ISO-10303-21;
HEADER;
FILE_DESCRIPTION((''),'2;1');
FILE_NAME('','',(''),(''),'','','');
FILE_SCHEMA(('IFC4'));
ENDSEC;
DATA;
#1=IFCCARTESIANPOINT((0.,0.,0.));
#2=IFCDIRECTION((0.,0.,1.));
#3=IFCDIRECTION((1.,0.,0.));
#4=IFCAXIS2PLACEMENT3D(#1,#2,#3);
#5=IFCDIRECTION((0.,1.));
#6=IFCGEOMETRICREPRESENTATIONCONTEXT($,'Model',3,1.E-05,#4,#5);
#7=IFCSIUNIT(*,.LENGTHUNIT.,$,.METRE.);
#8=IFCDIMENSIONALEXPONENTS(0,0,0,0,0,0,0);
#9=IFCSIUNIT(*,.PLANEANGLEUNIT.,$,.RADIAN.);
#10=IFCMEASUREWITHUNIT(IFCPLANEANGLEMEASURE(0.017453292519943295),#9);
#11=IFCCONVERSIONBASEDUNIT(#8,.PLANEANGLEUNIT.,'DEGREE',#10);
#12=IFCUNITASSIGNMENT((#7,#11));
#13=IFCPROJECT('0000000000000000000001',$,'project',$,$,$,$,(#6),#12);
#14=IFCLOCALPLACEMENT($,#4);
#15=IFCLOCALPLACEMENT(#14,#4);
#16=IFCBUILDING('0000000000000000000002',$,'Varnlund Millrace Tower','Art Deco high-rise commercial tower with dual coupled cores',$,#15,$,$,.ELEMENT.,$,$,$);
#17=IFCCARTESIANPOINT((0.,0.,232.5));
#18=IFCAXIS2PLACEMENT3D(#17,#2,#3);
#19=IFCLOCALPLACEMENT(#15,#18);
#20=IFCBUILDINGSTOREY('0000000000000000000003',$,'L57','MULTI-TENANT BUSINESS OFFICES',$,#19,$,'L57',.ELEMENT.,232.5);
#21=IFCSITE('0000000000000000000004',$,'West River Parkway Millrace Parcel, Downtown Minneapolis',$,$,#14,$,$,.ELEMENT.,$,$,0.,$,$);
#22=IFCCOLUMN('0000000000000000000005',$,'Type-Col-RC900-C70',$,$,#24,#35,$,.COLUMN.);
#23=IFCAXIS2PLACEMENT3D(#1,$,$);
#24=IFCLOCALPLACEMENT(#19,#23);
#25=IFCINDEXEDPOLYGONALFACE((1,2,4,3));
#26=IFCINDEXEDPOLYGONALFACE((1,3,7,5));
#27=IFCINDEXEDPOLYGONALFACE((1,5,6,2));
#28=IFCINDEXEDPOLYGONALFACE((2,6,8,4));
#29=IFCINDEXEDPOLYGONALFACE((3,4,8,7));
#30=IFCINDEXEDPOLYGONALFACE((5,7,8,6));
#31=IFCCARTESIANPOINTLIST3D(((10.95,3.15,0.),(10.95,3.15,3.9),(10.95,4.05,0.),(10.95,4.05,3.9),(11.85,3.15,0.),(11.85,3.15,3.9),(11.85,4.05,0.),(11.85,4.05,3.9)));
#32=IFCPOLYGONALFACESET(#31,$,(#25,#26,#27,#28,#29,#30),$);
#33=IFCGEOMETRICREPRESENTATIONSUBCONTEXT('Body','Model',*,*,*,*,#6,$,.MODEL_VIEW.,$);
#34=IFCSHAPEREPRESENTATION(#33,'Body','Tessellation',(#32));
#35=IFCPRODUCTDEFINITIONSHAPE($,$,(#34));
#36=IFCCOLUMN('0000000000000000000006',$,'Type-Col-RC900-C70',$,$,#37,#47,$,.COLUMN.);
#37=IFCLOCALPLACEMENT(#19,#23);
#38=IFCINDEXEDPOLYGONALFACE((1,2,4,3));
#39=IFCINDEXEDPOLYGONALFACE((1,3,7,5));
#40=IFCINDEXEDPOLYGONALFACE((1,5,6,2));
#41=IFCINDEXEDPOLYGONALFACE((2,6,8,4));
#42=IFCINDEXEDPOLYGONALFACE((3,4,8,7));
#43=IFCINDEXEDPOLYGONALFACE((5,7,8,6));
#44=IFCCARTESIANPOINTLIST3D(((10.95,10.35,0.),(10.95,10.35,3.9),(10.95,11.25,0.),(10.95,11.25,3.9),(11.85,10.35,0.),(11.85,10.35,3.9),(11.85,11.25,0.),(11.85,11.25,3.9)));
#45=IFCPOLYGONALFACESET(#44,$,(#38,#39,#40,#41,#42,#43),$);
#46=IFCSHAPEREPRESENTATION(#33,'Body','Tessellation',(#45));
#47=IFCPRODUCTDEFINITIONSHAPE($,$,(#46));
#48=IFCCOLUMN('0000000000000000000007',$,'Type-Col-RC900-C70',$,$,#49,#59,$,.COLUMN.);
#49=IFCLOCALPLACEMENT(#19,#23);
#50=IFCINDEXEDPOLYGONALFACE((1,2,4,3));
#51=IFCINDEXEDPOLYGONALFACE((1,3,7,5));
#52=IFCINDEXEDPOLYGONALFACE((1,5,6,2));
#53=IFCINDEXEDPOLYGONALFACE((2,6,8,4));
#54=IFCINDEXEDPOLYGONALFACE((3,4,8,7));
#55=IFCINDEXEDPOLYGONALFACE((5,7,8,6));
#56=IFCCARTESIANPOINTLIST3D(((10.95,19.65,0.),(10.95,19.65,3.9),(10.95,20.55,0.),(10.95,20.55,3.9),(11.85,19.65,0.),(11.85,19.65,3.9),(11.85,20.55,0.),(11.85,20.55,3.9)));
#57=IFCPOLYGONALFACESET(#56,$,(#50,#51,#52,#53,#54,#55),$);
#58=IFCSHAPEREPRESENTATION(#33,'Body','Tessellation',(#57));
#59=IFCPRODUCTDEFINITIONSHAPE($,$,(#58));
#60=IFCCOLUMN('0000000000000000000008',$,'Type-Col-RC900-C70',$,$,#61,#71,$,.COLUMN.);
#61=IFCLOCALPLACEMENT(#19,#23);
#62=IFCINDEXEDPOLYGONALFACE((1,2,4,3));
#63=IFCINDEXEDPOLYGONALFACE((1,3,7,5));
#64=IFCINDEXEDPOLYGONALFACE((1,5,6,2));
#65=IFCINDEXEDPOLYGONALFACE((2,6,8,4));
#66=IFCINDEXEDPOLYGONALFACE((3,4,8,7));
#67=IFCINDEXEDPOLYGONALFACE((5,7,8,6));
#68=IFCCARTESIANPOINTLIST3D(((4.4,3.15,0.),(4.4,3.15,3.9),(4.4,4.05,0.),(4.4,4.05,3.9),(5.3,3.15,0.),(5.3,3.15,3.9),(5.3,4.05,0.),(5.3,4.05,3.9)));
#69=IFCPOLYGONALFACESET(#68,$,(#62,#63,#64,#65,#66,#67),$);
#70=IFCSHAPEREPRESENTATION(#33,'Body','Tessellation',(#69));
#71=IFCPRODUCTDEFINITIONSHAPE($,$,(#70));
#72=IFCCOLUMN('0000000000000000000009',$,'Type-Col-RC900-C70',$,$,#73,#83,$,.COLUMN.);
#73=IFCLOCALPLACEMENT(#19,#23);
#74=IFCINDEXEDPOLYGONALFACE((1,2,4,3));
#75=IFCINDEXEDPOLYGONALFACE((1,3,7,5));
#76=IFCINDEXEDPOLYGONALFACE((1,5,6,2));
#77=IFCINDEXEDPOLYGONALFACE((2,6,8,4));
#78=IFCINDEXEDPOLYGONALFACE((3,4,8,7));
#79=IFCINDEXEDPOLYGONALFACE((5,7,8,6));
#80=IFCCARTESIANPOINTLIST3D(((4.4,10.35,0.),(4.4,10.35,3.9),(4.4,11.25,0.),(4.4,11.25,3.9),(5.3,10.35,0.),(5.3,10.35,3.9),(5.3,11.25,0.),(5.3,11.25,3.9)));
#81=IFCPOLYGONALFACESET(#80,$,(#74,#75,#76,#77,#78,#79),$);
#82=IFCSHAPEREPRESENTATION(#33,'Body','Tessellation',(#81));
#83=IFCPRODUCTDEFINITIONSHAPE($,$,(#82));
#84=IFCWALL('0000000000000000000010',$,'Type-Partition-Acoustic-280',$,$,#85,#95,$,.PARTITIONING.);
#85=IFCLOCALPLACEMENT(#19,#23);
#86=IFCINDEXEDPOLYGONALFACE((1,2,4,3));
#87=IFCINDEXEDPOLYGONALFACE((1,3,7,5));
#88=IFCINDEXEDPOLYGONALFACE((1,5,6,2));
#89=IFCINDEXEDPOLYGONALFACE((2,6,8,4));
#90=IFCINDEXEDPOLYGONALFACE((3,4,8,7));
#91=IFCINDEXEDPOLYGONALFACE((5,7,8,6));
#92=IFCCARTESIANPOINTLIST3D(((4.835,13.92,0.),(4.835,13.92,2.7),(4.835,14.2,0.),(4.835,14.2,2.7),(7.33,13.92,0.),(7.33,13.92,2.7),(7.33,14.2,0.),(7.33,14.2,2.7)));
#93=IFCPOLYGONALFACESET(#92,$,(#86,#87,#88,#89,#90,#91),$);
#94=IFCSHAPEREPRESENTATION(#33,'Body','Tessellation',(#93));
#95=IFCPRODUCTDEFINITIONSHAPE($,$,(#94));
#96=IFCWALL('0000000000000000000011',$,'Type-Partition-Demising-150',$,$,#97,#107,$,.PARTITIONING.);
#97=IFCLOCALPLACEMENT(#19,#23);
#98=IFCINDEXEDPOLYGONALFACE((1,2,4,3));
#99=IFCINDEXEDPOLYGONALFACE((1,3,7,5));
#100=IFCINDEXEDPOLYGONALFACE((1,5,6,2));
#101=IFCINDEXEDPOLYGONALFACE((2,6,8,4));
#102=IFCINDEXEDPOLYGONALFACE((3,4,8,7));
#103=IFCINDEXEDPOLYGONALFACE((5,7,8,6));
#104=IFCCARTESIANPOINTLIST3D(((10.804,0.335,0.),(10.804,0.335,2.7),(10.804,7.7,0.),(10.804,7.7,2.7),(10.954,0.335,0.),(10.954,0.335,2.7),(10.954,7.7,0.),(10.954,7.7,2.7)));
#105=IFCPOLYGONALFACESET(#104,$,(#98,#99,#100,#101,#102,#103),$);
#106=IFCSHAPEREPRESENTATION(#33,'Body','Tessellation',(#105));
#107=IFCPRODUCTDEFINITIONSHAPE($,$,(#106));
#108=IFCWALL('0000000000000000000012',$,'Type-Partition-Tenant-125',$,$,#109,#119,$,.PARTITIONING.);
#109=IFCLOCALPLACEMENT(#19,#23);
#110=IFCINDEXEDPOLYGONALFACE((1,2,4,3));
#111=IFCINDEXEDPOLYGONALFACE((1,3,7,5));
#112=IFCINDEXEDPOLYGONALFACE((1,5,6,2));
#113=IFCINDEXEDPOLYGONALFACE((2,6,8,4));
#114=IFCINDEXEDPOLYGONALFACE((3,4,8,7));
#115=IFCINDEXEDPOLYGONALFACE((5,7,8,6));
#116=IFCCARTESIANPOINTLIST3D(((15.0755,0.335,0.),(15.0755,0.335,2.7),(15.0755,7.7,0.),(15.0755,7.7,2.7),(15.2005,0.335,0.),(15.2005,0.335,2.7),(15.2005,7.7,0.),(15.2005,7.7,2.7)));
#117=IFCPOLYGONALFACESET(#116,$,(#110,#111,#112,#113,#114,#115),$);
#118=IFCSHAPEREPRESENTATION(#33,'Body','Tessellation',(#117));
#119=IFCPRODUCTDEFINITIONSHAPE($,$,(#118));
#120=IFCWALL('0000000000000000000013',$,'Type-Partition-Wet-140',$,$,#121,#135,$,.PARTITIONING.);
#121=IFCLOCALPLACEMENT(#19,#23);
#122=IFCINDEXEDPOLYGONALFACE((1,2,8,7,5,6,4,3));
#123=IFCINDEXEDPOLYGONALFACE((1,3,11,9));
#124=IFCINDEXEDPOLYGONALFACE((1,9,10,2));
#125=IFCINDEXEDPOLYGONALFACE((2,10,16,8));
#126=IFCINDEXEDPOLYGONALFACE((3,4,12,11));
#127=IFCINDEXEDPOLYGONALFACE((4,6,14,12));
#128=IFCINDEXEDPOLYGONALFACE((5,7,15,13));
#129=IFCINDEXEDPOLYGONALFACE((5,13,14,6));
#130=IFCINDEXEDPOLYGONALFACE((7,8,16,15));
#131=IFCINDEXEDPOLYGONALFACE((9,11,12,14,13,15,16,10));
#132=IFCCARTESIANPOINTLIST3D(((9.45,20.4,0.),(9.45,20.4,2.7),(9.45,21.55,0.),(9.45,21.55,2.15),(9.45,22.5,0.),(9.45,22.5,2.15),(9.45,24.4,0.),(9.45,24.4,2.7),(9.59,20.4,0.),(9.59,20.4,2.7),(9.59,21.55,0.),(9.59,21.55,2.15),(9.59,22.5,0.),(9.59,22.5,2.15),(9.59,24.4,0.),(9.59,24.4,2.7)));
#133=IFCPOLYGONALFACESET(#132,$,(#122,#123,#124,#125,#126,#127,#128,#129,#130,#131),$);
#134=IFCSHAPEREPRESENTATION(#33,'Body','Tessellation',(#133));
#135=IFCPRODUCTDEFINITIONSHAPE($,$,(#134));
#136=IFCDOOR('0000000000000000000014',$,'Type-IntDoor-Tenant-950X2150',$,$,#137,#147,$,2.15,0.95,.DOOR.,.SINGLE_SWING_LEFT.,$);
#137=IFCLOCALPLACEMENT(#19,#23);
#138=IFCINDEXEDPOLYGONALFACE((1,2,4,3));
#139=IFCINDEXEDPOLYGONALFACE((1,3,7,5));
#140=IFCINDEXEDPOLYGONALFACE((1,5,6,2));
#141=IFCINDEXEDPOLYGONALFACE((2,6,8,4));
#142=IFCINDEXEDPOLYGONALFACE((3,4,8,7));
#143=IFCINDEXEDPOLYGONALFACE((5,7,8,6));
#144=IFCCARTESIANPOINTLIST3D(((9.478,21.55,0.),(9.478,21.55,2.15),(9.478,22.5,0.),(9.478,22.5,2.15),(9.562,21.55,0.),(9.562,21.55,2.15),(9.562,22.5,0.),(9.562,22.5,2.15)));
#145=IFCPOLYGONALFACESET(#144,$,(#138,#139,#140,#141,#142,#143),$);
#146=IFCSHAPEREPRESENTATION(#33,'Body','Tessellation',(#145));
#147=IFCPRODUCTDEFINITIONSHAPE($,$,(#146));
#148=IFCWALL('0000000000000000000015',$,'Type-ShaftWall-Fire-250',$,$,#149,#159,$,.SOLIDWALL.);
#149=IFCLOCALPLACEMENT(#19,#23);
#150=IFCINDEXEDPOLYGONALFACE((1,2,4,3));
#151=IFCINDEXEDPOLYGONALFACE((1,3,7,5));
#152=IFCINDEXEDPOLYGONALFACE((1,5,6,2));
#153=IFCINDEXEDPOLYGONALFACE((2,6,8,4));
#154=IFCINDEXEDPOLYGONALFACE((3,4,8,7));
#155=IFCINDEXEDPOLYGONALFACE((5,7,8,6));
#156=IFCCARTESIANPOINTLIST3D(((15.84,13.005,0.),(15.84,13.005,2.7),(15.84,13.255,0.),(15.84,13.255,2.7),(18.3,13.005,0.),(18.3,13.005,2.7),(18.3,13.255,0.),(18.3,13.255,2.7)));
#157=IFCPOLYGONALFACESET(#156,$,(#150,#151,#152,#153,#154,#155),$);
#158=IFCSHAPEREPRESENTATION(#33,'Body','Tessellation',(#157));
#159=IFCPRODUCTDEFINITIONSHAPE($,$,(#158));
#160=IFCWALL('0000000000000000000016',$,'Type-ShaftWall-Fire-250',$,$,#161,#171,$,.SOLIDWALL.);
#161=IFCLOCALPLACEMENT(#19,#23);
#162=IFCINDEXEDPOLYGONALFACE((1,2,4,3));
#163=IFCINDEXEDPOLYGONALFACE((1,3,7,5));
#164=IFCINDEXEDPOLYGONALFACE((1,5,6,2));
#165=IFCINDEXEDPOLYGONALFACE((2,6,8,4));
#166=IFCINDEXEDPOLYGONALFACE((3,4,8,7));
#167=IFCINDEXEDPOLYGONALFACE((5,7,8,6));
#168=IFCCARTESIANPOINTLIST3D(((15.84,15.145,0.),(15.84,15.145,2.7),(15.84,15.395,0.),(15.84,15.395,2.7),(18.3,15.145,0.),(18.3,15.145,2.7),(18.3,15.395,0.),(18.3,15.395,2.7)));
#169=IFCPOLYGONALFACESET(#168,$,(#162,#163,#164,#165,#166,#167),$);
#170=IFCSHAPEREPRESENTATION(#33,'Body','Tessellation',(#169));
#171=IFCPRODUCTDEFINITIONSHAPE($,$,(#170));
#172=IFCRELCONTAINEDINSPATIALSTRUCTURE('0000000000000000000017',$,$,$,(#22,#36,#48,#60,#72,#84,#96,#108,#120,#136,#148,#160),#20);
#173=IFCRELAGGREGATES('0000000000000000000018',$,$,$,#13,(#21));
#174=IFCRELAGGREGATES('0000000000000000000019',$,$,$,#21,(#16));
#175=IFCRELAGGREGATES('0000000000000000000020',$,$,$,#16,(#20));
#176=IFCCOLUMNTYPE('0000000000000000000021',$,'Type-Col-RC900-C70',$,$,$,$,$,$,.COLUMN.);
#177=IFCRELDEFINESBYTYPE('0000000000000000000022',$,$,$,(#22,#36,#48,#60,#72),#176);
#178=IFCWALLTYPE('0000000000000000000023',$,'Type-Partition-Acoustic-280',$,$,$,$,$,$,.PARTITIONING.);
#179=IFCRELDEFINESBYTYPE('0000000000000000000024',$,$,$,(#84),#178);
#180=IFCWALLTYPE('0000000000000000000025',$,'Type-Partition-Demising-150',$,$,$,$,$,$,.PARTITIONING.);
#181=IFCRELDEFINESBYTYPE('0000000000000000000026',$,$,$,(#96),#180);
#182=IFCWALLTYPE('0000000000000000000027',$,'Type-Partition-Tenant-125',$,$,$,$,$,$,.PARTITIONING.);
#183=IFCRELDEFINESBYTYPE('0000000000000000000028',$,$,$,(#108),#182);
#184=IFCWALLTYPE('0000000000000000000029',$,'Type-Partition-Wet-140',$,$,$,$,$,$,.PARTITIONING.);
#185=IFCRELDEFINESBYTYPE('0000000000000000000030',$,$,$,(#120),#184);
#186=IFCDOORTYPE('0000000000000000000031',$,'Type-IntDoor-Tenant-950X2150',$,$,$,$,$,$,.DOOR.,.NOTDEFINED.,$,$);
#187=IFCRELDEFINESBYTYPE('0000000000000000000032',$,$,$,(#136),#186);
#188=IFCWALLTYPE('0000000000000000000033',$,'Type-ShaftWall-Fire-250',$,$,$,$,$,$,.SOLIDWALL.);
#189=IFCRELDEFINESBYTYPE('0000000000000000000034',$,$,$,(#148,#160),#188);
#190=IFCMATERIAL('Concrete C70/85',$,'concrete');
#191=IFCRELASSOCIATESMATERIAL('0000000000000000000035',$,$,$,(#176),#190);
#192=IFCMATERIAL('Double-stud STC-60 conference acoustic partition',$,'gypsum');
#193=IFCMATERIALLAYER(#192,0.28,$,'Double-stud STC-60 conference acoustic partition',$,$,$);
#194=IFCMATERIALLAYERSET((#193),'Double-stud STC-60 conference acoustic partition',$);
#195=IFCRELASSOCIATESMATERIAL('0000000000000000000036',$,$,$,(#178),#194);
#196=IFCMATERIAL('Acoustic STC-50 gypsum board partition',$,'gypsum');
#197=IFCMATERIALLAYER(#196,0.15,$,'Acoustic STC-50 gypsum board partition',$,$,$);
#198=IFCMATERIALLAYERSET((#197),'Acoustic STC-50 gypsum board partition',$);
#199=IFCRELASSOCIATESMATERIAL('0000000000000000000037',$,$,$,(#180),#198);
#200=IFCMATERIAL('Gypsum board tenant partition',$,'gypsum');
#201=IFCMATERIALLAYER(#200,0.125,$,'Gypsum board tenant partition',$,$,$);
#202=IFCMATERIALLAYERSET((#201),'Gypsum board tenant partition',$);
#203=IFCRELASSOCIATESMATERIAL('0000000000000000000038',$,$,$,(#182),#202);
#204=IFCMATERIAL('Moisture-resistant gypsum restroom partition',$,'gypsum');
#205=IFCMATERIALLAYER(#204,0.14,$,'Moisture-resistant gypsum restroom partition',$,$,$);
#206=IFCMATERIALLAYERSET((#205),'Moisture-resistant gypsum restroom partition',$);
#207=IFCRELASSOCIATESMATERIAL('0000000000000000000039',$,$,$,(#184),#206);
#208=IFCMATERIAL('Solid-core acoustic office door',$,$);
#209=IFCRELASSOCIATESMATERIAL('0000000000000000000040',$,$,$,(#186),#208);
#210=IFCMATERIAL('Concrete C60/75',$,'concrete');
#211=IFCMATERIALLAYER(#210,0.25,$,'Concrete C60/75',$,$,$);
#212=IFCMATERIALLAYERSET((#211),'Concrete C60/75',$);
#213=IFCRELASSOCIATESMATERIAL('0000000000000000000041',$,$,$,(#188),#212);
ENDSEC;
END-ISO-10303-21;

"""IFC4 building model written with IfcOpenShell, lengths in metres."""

from ifc_helpers import new_model, entity, si_unit, converted_unit, direction, frame, origin_with_axes, origin_2d_with_axis, place, context, subcontext, project, spatial, polyline, rectangle, outline, extrude, material, layer, layer_set, material_profile, profile_set, type_object, element, fill, save


model = new_model("IFC4")

# Units and contexts
model_context = context("Model", 3, precision=1e-05, world=origin_with_axes(), true_north=direction((0.0, 1.0)))
body_context = subcontext(model_context, "Body", "Model", "MODEL_VIEW")
ifc_project = project(units=[si_unit("LENGTHUNIT", "METRE"), converted_unit("PLANEANGLEUNIT", "DEGREE", entity("IfcPlaneAngleMeasure", 0.017453292519943295), si_unit("PLANEANGLEUNIT", "RADIAN"), dimensions=[0, 0, 0, 0, 0, 0, 0])], contexts=[model_context])

# Site, building, storey
site_placement = place(None, origin_with_axes())
site = spatial("IfcSite", under=ifc_project, at=site_placement, Name="West River Parkway Millrace Parcel, Downtown Minneapolis", CompositionType="ELEMENT", RefElevation=0.0)
building_placement = place(site_placement, origin_with_axes())
building = spatial("IfcBuilding", under=site, at=building_placement, Name="Varnlund Millrace Tower", Description="Art Deco high-rise commercial tower with dual coupled cores", CompositionType="ELEMENT")
storey_placement = place(building_placement, frame((0.0, 0.0, 232.5), z_axis=(0.0, 0.0, 1.0), x_axis=(1.0, 0.0, 0.0)))
storey = spatial("IfcBuildingStorey", under=building, at=storey_placement, Name="L57", Description="MULTI-TENANT BUSINESS OFFICES", LongName="L57", CompositionType="ELEMENT", Elevation=232.5)

# Columns
ifc_material_1 = material(Name="Concrete C70/85", Category="concrete")
ifc_material_profile = material_profile(ifc_material_1, rectangle(XDim=0.9, YDim=0.9, at=origin_2d_with_axis()), Name="Concrete C70/85")
ifc_profile_set = profile_set([ifc_material_profile], Name="Concrete C70/85")
column_type = type_object("IfcColumnType", Name="Type-Col-RC900-C70", PredefinedType="COLUMN", material=ifc_profile_set)
for number, where, z_axis, x_axis, name in (
    (1, (11.4, 3.6, 0.0), (0.0, 0.0, 1.0), (1.0, 0.0, 0.0), "Type-Col-RC900-C70"),
    (2, (11.4, 10.8, 0.0), (0.0, 0.0, 1.0), (1.0, 0.0, 0.0), "Type-Col-RC900-C70"),
    (3, (11.4, 20.1, 0.0), (0.0, 0.0, 1.0), (1.0, 0.0, 0.0), "Type-Col-RC900-C70"),
    (4, (4.85, 3.6, 0.0), (0.0, 0.0, 1.0), (1.0, 0.0, 0.0), "Type-Col-RC900-C70"),
    (5, (4.85, 10.8, 0.0), (0.0, 0.0, 1.0), (1.0, 0.0, 0.0), "Type-Col-RC900-C70"),
):
    element("IfcColumn", number, at=place(storey_placement, frame(where, z_axis=z_axis, x_axis=x_axis)), inside=storey, type_object=column_type, Name=name, PredefinedType="COLUMN", context=body_context, shape_type="SweptSolid", body=[
        extrude(rectangle(XDim=0.9, YDim=0.9, at=origin_2d_with_axis()), origin_with_axes(), (0.0, 0.0, 1.0), 3.9),
    ])

# Wall
ifc_material_2 = material(Name="Double-stud STC-60 conference acoustic partition", Category="gypsum")
ifc_layer_1 = layer(ifc_material_2, 0.28, Name="Double-stud STC-60 conference acoustic partition")
ifc_layer_set_1 = layer_set([ifc_layer_1], Name="Double-stud STC-60 conference acoustic partition")
wall_type_1 = type_object("IfcWallType", Name="Type-Partition-Acoustic-280", PredefinedType="PARTITIONING", material=ifc_layer_set_1)
wall_1_placement = place(storey_placement, frame((4.835, 14.06, 0.0), z_axis=(0.0, 0.0, 1.0), x_axis=(1.0, 0.0, 0.0)))
element("IfcWall", 6, at=wall_1_placement, inside=storey, type_object=wall_type_1, Name="Type-Partition-Acoustic-280", PredefinedType="PARTITIONING", context=body_context, shape_type="SweptSolid", body=[
    extrude(outline(polyline([(0.0, -0.14), (2.495, -0.14), (2.495, 0.14), (0.0, 0.14), (0.0, -0.14)])), origin_with_axes(), (0.0, 0.0, 1.0), 2.7),
])

# Wall
ifc_material_3 = material(Name="Acoustic STC-50 gypsum board partition", Category="gypsum")
ifc_layer_2 = layer(ifc_material_3, 0.15, Name="Acoustic STC-50 gypsum board partition")
ifc_layer_set_2 = layer_set([ifc_layer_2], Name="Acoustic STC-50 gypsum board partition")
wall_type_2 = type_object("IfcWallType", Name="Type-Partition-Demising-150", PredefinedType="PARTITIONING", material=ifc_layer_set_2)
wall_2_placement = place(storey_placement, frame((10.879, 0.335, 0.0), z_axis=(0.0, 0.0, 1.0), x_axis=(0.0, 1.0, 0.0)))
element("IfcWall", 7, at=wall_2_placement, inside=storey, type_object=wall_type_2, Name="Type-Partition-Demising-150", PredefinedType="PARTITIONING", context=body_context, shape_type="SweptSolid", body=[
    extrude(outline(polyline([(0.0, -0.075), (7.365, -0.075), (7.365, 0.075), (0.0, 0.075), (0.0, -0.075)])), origin_with_axes(), (0.0, 0.0, 1.0), 2.7),
])

# Wall
ifc_material_4 = material(Name="Gypsum board tenant partition", Category="gypsum")
ifc_layer_3 = layer(ifc_material_4, 0.125, Name="Gypsum board tenant partition")
ifc_layer_set_3 = layer_set([ifc_layer_3], Name="Gypsum board tenant partition")
wall_type_3 = type_object("IfcWallType", Name="Type-Partition-Tenant-125", PredefinedType="PARTITIONING", material=ifc_layer_set_3)
wall_3_placement = place(storey_placement, frame((15.138, 0.335, 0.0), z_axis=(0.0, 0.0, 1.0), x_axis=(0.0, 1.0, 0.0)))
element("IfcWall", 8, at=wall_3_placement, inside=storey, type_object=wall_type_3, Name="Type-Partition-Tenant-125", PredefinedType="PARTITIONING", context=body_context, shape_type="SweptSolid", body=[
    extrude(outline(polyline([(0.0, -0.0625), (7.365, -0.0625), (7.365, 0.0625), (0.0, 0.0625), (0.0, -0.0625)])), origin_with_axes(), (0.0, 0.0, 1.0), 2.7),
])

# Wall, opening, door
ifc_material_5 = material(Name="Moisture-resistant gypsum restroom partition", Category="gypsum")
ifc_layer_4 = layer(ifc_material_5, 0.14, Name="Moisture-resistant gypsum restroom partition")
ifc_layer_set_4 = layer_set([ifc_layer_4], Name="Moisture-resistant gypsum restroom partition")
wall_type_4 = type_object("IfcWallType", Name="Type-Partition-Wet-140", PredefinedType="PARTITIONING", material=ifc_layer_set_4)
wall_4_placement = place(storey_placement, frame((9.52, 20.4, 0.0), z_axis=(0.0, 0.0, 1.0), x_axis=(0.0, 1.0, 0.0)))
wall_4 = element("IfcWall", 9, at=wall_4_placement, inside=storey, type_object=wall_type_4, Name="Type-Partition-Wet-140", PredefinedType="PARTITIONING", context=body_context, shape_type="SweptSolid", body=[
    extrude(outline(polyline([(0.0, -0.07), (4.0, -0.07), (4.0, 0.07), (0.0, 0.07), (0.0, -0.07)])), origin_with_axes(), (0.0, 0.0, 1.0), 2.7),
])
opening_1_placement = place(wall_4_placement, frame((1.625, 0.0, 0.0), z_axis=(0.0, 0.0, 1.0), x_axis=(1.0, 0.0, 0.0)))
opening_1 = element("IfcOpeningElement", 10, at=opening_1_placement, cuts=wall_4, PredefinedType="OPENING", context=body_context, shape_type="SweptSolid", body=[
    extrude(rectangle(XDim=0.95, YDim=0.16, at=origin_2d_with_axis()), origin_with_axes(), (0.0, 0.0, 1.0), 2.15),
])
ifc_material_6 = material(Name="Solid-core acoustic office door")
door_type_1 = type_object("IfcDoorType", Name="Type-IntDoor-Tenant-950X2150", OperationType="NOTDEFINED", PredefinedType="DOOR", material=ifc_material_6)
door_1_placement = place(wall_4_placement, frame((1.625, 0.0, 0.0), z_axis=(0.0, 0.0, 1.0), x_axis=(1.0, 0.0, 0.0)))
door_1 = element("IfcDoor", 11, at=door_1_placement, inside=storey, type_object=door_type_1, Name="Type-IntDoor-Tenant-950X2150", OperationType="SINGLE_SWING_LEFT", OverallHeight=2.15, OverallWidth=0.95, PredefinedType="DOOR", context=body_context, shape_type="SweptSolid", body=[
    extrude(rectangle(XDim=0.95, YDim=0.084, at=origin_2d_with_axis()), origin_with_axes(), (0.0, 0.0, 1.0), 2.15),
])
fill(opening_1, door_1)

# Walls
ifc_material_7 = material(Name="Concrete C60/75", Category="concrete")
ifc_layer_5 = layer(ifc_material_7, 0.25, Name="Concrete C60/75")
ifc_layer_set_5 = layer_set([ifc_layer_5], Name="Concrete C60/75")
wall_type_5 = type_object("IfcWallType", Name="Type-ShaftWall-Fire-250", PredefinedType="SOLIDWALL", material=ifc_layer_set_5)
for number, where, z_axis, x_axis, name in (
    (12, (15.84, 13.13, 0.0), (0.0, 0.0, 1.0), (1.0, 0.0, 0.0), "Type-ShaftWall-Fire-250"),
    (13, (15.84, 15.27, 0.0), (0.0, 0.0, 1.0), (1.0, 0.0, 0.0), "Type-ShaftWall-Fire-250"),
):
    element("IfcWall", number, at=place(storey_placement, frame(where, z_axis=z_axis, x_axis=x_axis)), inside=storey, type_object=wall_type_5, Name=name, PredefinedType="SOLIDWALL", context=body_context, shape_type="SweptSolid", body=[
        extrude(outline(polyline([(0.0, -0.125), (2.46, -0.125), (2.46, 0.125), (0.0, 0.125), (0.0, -0.125)])), origin_with_axes(), (0.0, 0.0, 1.0), 2.7),
    ])

save(model, "model.ifc")
